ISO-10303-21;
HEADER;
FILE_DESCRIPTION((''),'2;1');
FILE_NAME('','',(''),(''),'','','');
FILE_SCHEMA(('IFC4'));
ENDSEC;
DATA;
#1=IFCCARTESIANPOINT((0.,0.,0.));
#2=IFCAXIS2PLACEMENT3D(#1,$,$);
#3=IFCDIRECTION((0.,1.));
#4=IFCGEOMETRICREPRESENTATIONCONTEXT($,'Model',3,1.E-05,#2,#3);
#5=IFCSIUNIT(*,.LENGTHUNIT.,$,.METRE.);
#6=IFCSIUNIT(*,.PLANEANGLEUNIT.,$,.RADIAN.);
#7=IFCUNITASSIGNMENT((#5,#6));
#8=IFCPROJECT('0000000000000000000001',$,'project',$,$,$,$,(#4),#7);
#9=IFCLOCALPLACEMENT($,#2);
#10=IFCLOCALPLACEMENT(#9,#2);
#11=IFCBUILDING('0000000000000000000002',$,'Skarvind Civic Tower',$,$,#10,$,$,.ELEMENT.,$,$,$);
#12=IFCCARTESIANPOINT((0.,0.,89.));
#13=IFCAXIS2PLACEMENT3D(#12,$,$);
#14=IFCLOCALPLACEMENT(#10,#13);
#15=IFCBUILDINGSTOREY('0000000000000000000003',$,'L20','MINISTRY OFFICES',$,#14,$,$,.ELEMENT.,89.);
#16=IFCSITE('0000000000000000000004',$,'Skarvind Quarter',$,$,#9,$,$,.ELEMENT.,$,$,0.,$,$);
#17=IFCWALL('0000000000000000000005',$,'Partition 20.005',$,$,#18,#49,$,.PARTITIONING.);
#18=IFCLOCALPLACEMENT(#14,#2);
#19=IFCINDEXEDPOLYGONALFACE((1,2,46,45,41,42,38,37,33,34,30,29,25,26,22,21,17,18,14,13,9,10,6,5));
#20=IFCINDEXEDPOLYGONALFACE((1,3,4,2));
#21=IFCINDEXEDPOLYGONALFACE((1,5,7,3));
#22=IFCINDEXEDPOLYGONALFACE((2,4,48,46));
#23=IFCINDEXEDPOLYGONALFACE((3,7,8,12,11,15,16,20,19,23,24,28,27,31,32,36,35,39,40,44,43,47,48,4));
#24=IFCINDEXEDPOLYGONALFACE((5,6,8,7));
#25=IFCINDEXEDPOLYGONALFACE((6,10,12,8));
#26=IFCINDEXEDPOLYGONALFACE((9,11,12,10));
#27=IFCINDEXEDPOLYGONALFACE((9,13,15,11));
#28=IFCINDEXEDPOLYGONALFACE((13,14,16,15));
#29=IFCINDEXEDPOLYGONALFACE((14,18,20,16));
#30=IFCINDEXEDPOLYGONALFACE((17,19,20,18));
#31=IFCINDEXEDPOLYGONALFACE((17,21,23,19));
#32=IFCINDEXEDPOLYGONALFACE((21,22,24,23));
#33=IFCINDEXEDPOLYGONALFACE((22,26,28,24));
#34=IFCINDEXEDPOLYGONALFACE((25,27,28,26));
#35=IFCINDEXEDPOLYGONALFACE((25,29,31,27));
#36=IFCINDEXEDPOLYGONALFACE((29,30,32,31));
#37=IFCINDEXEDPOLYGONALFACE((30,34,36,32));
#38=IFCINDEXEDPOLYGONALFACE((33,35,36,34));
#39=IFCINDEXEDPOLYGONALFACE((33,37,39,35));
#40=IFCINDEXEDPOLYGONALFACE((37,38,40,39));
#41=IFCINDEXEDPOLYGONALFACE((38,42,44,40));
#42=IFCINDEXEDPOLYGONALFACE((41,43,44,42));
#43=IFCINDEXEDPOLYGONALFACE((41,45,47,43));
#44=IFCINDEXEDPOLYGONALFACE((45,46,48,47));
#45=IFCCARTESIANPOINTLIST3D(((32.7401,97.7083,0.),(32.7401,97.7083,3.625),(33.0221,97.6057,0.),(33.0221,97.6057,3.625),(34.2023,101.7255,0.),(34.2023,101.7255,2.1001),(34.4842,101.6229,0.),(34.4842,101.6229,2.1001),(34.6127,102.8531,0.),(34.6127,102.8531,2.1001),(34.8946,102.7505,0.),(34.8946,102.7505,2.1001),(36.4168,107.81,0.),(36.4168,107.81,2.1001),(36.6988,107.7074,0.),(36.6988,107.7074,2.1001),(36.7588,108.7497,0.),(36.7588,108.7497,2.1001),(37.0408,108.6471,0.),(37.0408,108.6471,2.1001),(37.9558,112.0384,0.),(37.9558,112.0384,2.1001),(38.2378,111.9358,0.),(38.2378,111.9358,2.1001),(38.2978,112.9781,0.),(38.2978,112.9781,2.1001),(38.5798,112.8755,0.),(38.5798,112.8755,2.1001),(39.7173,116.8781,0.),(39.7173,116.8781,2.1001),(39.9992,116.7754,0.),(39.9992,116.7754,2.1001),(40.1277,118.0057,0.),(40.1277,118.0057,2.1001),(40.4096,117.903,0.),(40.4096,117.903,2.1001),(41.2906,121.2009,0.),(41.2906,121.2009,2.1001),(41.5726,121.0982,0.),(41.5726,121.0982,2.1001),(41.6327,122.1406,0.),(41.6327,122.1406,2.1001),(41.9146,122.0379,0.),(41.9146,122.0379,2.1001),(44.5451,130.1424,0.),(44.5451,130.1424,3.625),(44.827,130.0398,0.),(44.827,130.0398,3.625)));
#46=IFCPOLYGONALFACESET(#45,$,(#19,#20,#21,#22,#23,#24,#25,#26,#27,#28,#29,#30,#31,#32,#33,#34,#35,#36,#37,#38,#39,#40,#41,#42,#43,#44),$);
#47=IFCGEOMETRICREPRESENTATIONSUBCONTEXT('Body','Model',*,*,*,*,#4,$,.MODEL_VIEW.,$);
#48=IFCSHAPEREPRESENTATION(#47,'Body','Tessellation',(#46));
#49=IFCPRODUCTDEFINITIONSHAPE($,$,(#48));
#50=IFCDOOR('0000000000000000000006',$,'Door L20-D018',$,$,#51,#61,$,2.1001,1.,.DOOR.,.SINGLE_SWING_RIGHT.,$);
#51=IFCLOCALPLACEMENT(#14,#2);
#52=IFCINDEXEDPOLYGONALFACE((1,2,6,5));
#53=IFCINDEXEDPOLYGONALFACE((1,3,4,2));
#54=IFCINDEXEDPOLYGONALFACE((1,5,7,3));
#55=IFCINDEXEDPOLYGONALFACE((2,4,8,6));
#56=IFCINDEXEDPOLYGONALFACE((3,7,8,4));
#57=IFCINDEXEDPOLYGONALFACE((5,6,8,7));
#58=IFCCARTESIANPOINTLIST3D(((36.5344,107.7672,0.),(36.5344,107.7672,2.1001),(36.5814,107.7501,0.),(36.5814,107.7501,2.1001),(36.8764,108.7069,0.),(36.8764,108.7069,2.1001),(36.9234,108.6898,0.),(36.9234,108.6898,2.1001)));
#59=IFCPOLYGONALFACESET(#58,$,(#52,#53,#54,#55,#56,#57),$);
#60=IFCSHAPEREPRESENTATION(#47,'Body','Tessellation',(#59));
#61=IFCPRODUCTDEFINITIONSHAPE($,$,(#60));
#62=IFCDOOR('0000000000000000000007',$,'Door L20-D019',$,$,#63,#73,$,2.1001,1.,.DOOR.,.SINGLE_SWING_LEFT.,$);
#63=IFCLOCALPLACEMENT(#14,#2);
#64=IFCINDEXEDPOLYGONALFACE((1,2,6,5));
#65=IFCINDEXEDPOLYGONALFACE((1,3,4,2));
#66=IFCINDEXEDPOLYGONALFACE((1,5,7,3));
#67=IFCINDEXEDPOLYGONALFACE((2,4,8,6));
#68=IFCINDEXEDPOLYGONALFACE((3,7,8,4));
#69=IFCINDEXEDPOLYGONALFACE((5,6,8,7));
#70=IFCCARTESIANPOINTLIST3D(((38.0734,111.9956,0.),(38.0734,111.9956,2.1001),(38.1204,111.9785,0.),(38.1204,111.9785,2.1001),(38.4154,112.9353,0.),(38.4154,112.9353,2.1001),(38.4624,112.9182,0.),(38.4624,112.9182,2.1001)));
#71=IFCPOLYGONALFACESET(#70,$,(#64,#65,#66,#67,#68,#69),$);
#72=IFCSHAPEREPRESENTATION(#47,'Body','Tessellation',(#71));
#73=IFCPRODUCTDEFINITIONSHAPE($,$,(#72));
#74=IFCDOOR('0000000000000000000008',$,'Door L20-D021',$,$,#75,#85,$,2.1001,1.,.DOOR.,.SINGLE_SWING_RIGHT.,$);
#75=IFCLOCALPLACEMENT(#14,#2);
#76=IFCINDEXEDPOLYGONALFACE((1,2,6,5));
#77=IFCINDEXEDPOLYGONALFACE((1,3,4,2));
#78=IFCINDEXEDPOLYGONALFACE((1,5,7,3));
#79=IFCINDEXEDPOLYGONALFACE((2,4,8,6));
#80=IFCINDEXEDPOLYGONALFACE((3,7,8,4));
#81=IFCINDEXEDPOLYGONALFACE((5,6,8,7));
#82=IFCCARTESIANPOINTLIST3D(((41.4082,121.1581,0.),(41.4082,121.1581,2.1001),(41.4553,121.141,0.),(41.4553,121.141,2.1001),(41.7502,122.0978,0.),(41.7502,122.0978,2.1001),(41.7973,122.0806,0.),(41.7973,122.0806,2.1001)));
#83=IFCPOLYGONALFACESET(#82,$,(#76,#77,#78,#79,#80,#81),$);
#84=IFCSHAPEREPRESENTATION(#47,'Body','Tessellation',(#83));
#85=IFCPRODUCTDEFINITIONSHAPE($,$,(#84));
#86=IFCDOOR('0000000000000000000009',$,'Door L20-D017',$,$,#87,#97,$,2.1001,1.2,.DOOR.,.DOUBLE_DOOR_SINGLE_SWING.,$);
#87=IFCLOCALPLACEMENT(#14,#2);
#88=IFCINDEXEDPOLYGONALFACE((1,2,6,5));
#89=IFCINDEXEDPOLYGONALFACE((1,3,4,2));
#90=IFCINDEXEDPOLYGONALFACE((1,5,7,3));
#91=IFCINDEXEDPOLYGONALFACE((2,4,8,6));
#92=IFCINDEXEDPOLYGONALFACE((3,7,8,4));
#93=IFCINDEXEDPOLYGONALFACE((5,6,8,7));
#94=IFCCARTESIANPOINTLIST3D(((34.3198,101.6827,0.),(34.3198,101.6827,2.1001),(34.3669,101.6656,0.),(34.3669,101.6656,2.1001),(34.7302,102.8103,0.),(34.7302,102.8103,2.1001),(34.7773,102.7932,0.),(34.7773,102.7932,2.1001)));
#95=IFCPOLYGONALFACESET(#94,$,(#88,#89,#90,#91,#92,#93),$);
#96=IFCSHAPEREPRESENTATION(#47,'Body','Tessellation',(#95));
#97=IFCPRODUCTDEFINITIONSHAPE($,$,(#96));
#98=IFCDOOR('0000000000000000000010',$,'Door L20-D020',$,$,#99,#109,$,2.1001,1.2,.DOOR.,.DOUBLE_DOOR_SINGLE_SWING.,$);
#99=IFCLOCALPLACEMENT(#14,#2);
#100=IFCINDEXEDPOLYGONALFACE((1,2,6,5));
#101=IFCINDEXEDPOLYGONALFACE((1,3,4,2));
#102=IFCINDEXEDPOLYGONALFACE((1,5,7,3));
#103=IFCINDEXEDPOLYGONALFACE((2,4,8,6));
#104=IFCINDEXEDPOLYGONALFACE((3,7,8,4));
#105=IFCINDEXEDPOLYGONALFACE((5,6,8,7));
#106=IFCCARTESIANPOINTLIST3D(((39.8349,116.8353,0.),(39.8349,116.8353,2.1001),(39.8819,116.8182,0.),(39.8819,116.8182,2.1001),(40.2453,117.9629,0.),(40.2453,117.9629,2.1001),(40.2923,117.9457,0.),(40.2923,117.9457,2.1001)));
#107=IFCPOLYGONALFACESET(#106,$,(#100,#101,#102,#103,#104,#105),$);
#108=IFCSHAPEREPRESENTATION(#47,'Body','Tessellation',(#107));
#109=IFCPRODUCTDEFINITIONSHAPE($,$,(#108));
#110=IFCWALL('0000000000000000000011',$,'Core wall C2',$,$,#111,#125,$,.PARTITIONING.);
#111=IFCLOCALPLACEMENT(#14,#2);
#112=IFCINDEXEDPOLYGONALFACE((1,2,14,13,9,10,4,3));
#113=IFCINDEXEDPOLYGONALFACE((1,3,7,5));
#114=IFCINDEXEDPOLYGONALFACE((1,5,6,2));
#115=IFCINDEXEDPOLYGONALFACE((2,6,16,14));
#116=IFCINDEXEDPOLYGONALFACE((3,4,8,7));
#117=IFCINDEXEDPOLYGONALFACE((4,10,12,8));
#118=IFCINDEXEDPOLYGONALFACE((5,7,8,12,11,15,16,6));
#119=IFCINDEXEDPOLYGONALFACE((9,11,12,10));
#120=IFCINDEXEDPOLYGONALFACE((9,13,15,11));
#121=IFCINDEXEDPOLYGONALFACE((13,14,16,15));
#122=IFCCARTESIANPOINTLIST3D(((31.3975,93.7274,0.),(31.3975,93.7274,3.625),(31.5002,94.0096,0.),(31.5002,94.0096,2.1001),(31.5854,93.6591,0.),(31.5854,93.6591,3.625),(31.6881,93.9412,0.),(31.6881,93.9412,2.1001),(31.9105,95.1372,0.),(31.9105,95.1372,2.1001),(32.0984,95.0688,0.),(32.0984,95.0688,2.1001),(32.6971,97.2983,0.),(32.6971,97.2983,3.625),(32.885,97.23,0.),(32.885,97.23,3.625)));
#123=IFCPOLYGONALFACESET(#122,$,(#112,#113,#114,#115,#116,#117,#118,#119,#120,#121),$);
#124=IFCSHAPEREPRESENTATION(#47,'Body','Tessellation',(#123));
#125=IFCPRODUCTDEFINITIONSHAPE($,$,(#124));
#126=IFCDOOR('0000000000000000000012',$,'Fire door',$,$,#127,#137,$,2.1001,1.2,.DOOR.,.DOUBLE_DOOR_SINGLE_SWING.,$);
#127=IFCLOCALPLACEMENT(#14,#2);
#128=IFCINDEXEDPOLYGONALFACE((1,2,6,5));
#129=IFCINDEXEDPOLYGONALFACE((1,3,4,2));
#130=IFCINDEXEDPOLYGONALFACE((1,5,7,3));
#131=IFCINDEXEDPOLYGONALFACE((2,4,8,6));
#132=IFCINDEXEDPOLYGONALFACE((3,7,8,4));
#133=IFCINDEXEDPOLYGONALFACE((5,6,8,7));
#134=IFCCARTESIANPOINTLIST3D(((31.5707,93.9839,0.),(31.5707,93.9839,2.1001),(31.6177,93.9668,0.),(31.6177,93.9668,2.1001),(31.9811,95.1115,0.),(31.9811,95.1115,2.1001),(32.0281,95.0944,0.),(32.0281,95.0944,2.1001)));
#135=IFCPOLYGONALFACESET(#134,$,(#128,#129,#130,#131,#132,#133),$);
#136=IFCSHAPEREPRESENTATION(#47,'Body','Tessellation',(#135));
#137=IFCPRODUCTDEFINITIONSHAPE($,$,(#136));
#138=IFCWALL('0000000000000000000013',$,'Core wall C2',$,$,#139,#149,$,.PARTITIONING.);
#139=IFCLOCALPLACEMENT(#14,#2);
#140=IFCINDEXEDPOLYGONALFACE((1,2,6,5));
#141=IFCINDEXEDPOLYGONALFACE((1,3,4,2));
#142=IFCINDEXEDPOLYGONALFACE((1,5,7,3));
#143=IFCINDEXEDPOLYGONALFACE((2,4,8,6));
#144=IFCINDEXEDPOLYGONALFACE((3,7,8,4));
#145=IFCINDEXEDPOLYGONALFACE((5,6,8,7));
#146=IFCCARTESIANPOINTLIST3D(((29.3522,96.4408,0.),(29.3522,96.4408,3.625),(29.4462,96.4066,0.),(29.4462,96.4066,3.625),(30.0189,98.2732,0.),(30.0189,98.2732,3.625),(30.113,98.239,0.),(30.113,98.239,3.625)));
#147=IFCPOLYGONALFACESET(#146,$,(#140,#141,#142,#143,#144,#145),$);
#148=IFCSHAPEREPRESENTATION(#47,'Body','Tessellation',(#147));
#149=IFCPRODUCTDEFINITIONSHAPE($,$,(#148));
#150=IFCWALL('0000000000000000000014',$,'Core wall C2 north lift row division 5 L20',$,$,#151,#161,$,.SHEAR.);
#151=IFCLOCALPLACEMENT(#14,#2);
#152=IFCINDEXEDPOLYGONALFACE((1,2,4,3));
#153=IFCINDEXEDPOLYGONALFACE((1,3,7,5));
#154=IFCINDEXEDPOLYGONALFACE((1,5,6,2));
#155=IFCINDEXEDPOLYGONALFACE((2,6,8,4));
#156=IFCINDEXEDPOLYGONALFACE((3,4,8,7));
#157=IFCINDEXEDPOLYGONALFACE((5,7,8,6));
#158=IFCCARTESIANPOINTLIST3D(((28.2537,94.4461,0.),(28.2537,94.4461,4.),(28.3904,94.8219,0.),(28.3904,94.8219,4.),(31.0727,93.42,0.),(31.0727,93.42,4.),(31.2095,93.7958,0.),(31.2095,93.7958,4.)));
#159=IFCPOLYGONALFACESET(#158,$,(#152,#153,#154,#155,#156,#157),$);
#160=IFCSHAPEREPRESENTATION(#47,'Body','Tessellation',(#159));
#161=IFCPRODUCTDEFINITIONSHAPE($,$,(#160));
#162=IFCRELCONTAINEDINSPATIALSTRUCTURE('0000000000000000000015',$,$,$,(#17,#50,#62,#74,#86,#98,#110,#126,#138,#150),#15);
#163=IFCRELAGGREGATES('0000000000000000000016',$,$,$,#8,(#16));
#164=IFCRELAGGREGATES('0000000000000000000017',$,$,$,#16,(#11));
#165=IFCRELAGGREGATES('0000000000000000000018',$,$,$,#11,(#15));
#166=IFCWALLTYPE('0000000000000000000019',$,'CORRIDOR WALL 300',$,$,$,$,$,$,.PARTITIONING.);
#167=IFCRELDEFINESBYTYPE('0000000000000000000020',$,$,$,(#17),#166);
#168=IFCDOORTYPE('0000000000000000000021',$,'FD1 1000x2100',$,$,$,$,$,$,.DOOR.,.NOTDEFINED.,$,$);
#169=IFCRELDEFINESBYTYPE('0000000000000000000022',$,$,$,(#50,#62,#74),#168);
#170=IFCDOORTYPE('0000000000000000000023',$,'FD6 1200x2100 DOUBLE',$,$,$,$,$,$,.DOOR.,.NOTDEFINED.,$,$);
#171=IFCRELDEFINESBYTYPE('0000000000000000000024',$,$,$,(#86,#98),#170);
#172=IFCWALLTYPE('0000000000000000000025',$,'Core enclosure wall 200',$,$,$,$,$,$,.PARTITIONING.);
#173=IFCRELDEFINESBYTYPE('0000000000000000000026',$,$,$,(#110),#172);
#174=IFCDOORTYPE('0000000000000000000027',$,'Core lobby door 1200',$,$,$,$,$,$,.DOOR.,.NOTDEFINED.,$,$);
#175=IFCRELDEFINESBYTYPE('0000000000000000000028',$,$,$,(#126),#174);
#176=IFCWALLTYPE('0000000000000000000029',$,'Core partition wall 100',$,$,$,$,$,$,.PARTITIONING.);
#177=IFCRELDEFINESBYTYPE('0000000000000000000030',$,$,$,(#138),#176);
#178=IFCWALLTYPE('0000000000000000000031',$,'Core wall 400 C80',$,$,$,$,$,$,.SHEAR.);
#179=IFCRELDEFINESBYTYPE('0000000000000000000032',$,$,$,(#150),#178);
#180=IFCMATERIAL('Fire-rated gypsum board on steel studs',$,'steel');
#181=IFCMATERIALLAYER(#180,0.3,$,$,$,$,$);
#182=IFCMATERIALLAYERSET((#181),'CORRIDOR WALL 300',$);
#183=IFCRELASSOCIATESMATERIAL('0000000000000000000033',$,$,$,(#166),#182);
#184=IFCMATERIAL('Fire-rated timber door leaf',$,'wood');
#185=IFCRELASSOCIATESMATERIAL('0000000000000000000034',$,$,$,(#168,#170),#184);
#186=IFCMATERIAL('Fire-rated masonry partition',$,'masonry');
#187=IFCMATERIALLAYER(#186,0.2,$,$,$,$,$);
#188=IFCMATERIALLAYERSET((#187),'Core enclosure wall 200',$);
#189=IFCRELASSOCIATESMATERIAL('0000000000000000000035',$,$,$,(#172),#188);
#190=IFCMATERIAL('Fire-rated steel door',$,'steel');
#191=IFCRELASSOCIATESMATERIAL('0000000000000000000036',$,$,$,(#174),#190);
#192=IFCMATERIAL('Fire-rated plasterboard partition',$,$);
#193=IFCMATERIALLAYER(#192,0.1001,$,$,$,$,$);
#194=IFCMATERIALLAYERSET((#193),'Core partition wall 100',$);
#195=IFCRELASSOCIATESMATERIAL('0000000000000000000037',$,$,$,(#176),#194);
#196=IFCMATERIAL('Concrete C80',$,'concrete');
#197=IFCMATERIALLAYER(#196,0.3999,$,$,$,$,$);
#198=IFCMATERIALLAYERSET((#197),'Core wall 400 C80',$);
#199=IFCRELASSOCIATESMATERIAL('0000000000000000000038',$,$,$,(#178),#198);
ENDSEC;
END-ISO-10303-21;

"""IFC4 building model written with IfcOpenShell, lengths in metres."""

from ifc_helpers import new_model, si_unit, direction, frame, frame_2d, origin, place, context, subcontext, project, spatial, rectangle, extrude, material, layer, layer_set, type_object, element, fill, save


model = new_model("IFC4")

# Units and contexts
model_context = context("Model", 3, precision=1e-05, world=origin(), true_north=direction((0.0, 1.0)))
body_context = subcontext(model_context, "Body", "Model", "MODEL_VIEW")
ifc_project = project(units=[si_unit("LENGTHUNIT", "METRE"), si_unit("PLANEANGLEUNIT", "RADIAN")], contexts=[model_context])

# Site, building, storey
site_placement = place(None, origin())
site = spatial("IfcSite", under=ifc_project, at=site_placement, Name="Skarvind Quarter", CompositionType="ELEMENT", RefElevation=0.0)
building_placement = place(site_placement, origin())
building = spatial("IfcBuilding", under=site, at=building_placement, Name="Skarvind Civic Tower", CompositionType="ELEMENT")
storey_placement = place(building_placement, frame((0.0, 0.0, 89.0)))
storey = spatial("IfcBuildingStorey", under=building, at=storey_placement, Name="L20", Description="MINISTRY OFFICES", CompositionType="ELEMENT", Elevation=89.0)

# Wall, openings, doors
ifc_material_1 = material(Name="Fire-rated gypsum board on steel studs", Category="steel")
ifc_layer_1 = layer(ifc_material_1, 0.3)
ifc_layer_set_1 = layer_set([ifc_layer_1], Name="CORRIDOR WALL 300")
wall_type_1 = type_object("IfcWallType", Name="CORRIDOR WALL 300", PredefinedType="PARTITIONING", material=ifc_layer_set_1)
wall_1_placement = place(storey_placement, frame((32.8811, 97.657, 0.0), z_axis=(0.0, 0.0, 1.0), x_axis=(0.342017, 0.939694, 0.0)))
wall_1 = element("IfcWall", 1, at=wall_1_placement, inside=storey, type_object=wall_type_1, Name="Partition 20.005", PredefinedType="PARTITIONING", context=body_context, shape_type="SweptSolid", body=[
    extrude(rectangle(XDim=34.5156, YDim=0.3, at=frame_2d((17.2578, 0.0))), origin(), (0.0, 0.0, 1.0), 3.625),
])
opening_1_placement = place(wall_1_placement, frame((4.2749, 0.0, 0.0)))
opening_1 = element("IfcOpeningElement", 2, at=opening_1_placement, cuts=wall_1, PredefinedType="OPENING", context=body_context, shape_type="SweptSolid", body=[
    extrude(rectangle(XDim=1.2, YDim=2.1001, at=frame_2d((0.6001, 1.05))), frame((0.0, 0.1599, 0.0), z_axis=(0.0, -1.0, 0.0), x_axis=(1.0, 0.0, 0.0)), (0.0, 0.0, 1.0), 0.3201),
])
opening_2_placement = place(wall_1_placement, frame((10.75, 0.0, 0.0)))
opening_2 = element("IfcOpeningElement", 3, at=opening_2_placement, cuts=wall_1, PredefinedType="OPENING", context=body_context, shape_type="SweptSolid", body=[
    extrude(rectangle(XDim=1.0, YDim=2.1001, at=frame_2d((0.5, 1.05))), frame((0.0, 0.1599, 0.0), z_axis=(0.0, -1.0, 0.0), x_axis=(1.0, 0.0, 0.0)), (0.0, 0.0, 1.0), 0.3201),
])
opening_3_placement = place(wall_1_placement, frame((15.2498, 0.0, 0.0)))
opening_3 = element("IfcOpeningElement", 4, at=opening_3_placement, cuts=wall_1, PredefinedType="OPENING", context=body_context, shape_type="SweptSolid", body=[
    extrude(rectangle(XDim=1.0, YDim=2.1001, at=frame_2d((0.5, 1.05))), frame((0.0, 0.1599, 0.0), z_axis=(0.0, -1.0, 0.0), x_axis=(1.0, 0.0, 0.0)), (0.0, 0.0, 1.0), 0.3201),
])
opening_4_placement = place(wall_1_placement, frame((20.3999, 0.0, 0.0)))
opening_4 = element("IfcOpeningElement", 5, at=opening_4_placement, cuts=wall_1, PredefinedType="OPENING", context=body_context, shape_type="SweptSolid", body=[
    extrude(rectangle(XDim=1.2, YDim=2.1001, at=frame_2d((0.6001, 1.05))), frame((0.0, 0.1599, 0.0), z_axis=(0.0, -1.0, 0.0), x_axis=(1.0, 0.0, 0.0)), (0.0, 0.0, 1.0), 0.3201),
])
opening_5_placement = place(wall_1_placement, frame((25.0002, 0.0, 0.0)))
opening_5 = element("IfcOpeningElement", 6, at=opening_5_placement, cuts=wall_1, PredefinedType="OPENING", context=body_context, shape_type="SweptSolid", body=[
    extrude(rectangle(XDim=1.0, YDim=2.1001, at=frame_2d((0.5, 1.05))), frame((0.0, 0.1599, 0.0), z_axis=(0.0, -1.0, 0.0), x_axis=(1.0, 0.0, 0.0)), (0.0, 0.0, 1.0), 0.3201),
])
ifc_material_2 = material(Name="Fire-rated timber door leaf", Category="wood")
door_type_1 = type_object("IfcDoorType", Name="FD1 1000x2100", OperationType="NOTDEFINED", PredefinedType="DOOR", material=ifc_material_2)
door_1_placement = place(opening_2_placement, origin())
door_1 = element("IfcDoor", 7, at=door_1_placement, inside=storey, type_object=door_type_1, Name="Door L20-D018", OperationType="SINGLE_SWING_RIGHT", OverallHeight=2.1001, OverallWidth=1.0, PredefinedType="DOOR", context=body_context, shape_type="SweptSolid", body=[
    extrude(rectangle(XDim=1.0, YDim=2.1001, at=frame_2d((0.5, 1.05))), frame((0.0, 0.0249, 0.0), z_axis=(0.0, -1.0, 0.0), x_axis=(1.0, 0.0, 0.0)), (0.0, 0.0, 1.0), 0.05),
])
fill(opening_2, door_1)
door_2_placement = place(opening_3_placement, origin())
door_2 = element("IfcDoor", 8, at=door_2_placement, inside=storey, type_object=door_type_1, Name="Door L20-D019", OperationType="SINGLE_SWING_LEFT", OverallHeight=2.1001, OverallWidth=1.0, PredefinedType="DOOR", context=body_context, shape_type="SweptSolid", body=[
    extrude(rectangle(XDim=1.0, YDim=2.1001, at=frame_2d((0.5, 1.05))), frame((0.0, 0.0249, 0.0), z_axis=(0.0, -1.0, 0.0), x_axis=(1.0, 0.0, 0.0)), (0.0, 0.0, 1.0), 0.05),
])
fill(opening_3, door_2)
door_3_placement = place(opening_5_placement, origin())
door_3 = element("IfcDoor", 9, at=door_3_placement, inside=storey, type_object=door_type_1, Name="Door L20-D021", OperationType="SINGLE_SWING_RIGHT", OverallHeight=2.1001, OverallWidth=1.0, PredefinedType="DOOR", context=body_context, shape_type="SweptSolid", body=[
    extrude(rectangle(XDim=1.0, YDim=2.1001, at=frame_2d((0.5, 1.05))), frame((0.0, 0.0249, 0.0), z_axis=(0.0, -1.0, 0.0), x_axis=(1.0, 0.0, 0.0)), (0.0, 0.0, 1.0), 0.05),
])
fill(opening_5, door_3)
door_type_2 = type_object("IfcDoorType", Name="FD6 1200x2100 DOUBLE", OperationType="NOTDEFINED", PredefinedType="DOOR", material=ifc_material_2)
door_4_placement = place(opening_1_placement, origin())
door_4 = element("IfcDoor", 10, at=door_4_placement, inside=storey, type_object=door_type_2, Name="Door L20-D017", OperationType="DOUBLE_DOOR_SINGLE_SWING", OverallHeight=2.1001, OverallWidth=1.2, PredefinedType="DOOR", context=body_context, shape_type="SweptSolid", body=[
    extrude(rectangle(XDim=1.2, YDim=2.1001, at=frame_2d((0.6001, 1.05))), frame((0.0, 0.0249, 0.0), z_axis=(0.0, -1.0, 0.0), x_axis=(1.0, 0.0, 0.0)), (0.0, 0.0, 1.0), 0.05),
])
fill(opening_1, door_4)
door_5_placement = place(opening_4_placement, origin())
door_5 = element("IfcDoor", 11, at=door_5_placement, inside=storey, type_object=door_type_2, Name="Door L20-D020", OperationType="DOUBLE_DOOR_SINGLE_SWING", OverallHeight=2.1001, OverallWidth=1.2, PredefinedType="DOOR", context=body_context, shape_type="SweptSolid", body=[
    extrude(rectangle(XDim=1.2, YDim=2.1001, at=frame_2d((0.6001, 1.05))), frame((0.0, 0.0249, 0.0), z_axis=(0.0, -1.0, 0.0), x_axis=(1.0, 0.0, 0.0)), (0.0, 0.0, 1.0), 0.05),
])
fill(opening_4, door_5)

# Wall, opening, door
ifc_material_3 = material(Name="Fire-rated masonry partition", Category="masonry")
ifc_layer_2 = layer(ifc_material_3, 0.2)
ifc_layer_set_2 = layer_set([ifc_layer_2], Name="Core enclosure wall 200")
wall_type_2 = type_object("IfcWallType", Name="Core enclosure wall 200", PredefinedType="PARTITIONING", material=ifc_layer_set_2)
wall_2_placement = place(storey_placement, frame((31.4915, 93.6934, 0.0), z_axis=(0.0, 0.0, 1.0), x_axis=(0.341996, 0.939701, 0.0)))
wall_2 = element("IfcWall", 12, at=wall_2_placement, inside=storey, type_object=wall_type_2, Name="Core wall C2", PredefinedType="PARTITIONING", context=body_context, shape_type="SweptSolid", body=[
    extrude(rectangle(XDim=3.8, YDim=0.2, at=frame_2d((1.8999, 0.0))), origin(), (0.0, 0.0, 1.0), 3.625),
])
opening_6_placement = place(wall_2_placement, frame((0.3, 0.0, 0.0)))
opening_6 = element("IfcOpeningElement", 13, at=opening_6_placement, cuts=wall_2, PredefinedType="OPENING", context=body_context, shape_type="SweptSolid", body=[
    extrude(rectangle(XDim=1.2, YDim=2.1001, at=frame_2d((0.6001, 1.05))), frame((0.0, 0.1099, 0.0), z_axis=(0.0, -1.0, 0.0), x_axis=(1.0, 0.0, 0.0)), (0.0, 0.0, 1.0), 0.22),
])
ifc_material_4 = material(Name="Fire-rated steel door", Category="steel")
door_type_3 = type_object("IfcDoorType", Name="Core lobby door 1200", OperationType="NOTDEFINED", PredefinedType="DOOR", material=ifc_material_4)
door_6_placement = place(opening_6_placement, origin())
door_6 = element("IfcDoor", 14, at=door_6_placement, inside=storey, type_object=door_type_3, Name="Fire door", OperationType="DOUBLE_DOOR_SINGLE_SWING", OverallHeight=2.1001, OverallWidth=1.2, PredefinedType="DOOR", context=body_context, shape_type="SweptSolid", body=[
    extrude(rectangle(XDim=1.2, YDim=2.1001, at=frame_2d((0.6001, 1.05))), frame((0.0, 0.0249, 0.0), z_axis=(0.0, -1.0, 0.0), x_axis=(1.0, 0.0, 0.0)), (0.0, 0.0, 1.0), 0.05),
])
fill(opening_6, door_6)

# Walls
ifc_material_5 = material(Name="Fire-rated plasterboard partition")
ifc_layer_3 = layer(ifc_material_5, 0.1001)
ifc_layer_set_3 = layer_set([ifc_layer_3], Name="Core partition wall 100")
wall_type_3 = type_object("IfcWallType", Name="Core partition wall 100", PredefinedType="PARTITIONING", material=ifc_layer_set_3)
wall_3_placement = place(storey_placement, frame((29.3992, 96.4236, 0.0), z_axis=(0.0, 0.0, 1.0), x_axis=(0.341914, 0.939731, 0.0)))
element("IfcWall", 15, at=wall_3_placement, inside=storey, type_object=wall_type_3, Name="Core wall C2", PredefinedType="PARTITIONING", context=body_context, shape_type="SweptSolid", body=[
    extrude(rectangle(XDim=1.95, YDim=0.1001, at=frame_2d((0.9751, 0.0))), origin(), (0.0, 0.0, 1.0), 3.625),
])
ifc_material_6 = material(Name="Concrete C80", Category="concrete")
ifc_layer_4 = layer(ifc_material_6, 0.3999)
ifc_layer_set_4 = layer_set([ifc_layer_4], Name="Core wall 400 C80")
wall_type_4 = type_object("IfcWallType", Name="Core wall 400 C80", PredefinedType="SHEAR", material=ifc_layer_set_4)
wall_4_placement = place(storey_placement, frame((31.1411, 93.6079, 0.0), z_axis=(0.0, 0.0, 1.0), x_axis=(-0.939686, 0.342037, 0.0)))
element("IfcWall", 16, at=wall_4_placement, inside=storey, type_object=wall_type_4, Name="Core wall C2 north lift row division 5 L20", PredefinedType="SHEAR", context=body_context, shape_type="SweptSolid", body=[
    extrude(rectangle(XDim=3.0, YDim=0.3999, at=frame_2d((1.5, 0.0))), origin(), (0.0, 0.0, 1.0), 4.0),
])

save(model, "model.ifc")
